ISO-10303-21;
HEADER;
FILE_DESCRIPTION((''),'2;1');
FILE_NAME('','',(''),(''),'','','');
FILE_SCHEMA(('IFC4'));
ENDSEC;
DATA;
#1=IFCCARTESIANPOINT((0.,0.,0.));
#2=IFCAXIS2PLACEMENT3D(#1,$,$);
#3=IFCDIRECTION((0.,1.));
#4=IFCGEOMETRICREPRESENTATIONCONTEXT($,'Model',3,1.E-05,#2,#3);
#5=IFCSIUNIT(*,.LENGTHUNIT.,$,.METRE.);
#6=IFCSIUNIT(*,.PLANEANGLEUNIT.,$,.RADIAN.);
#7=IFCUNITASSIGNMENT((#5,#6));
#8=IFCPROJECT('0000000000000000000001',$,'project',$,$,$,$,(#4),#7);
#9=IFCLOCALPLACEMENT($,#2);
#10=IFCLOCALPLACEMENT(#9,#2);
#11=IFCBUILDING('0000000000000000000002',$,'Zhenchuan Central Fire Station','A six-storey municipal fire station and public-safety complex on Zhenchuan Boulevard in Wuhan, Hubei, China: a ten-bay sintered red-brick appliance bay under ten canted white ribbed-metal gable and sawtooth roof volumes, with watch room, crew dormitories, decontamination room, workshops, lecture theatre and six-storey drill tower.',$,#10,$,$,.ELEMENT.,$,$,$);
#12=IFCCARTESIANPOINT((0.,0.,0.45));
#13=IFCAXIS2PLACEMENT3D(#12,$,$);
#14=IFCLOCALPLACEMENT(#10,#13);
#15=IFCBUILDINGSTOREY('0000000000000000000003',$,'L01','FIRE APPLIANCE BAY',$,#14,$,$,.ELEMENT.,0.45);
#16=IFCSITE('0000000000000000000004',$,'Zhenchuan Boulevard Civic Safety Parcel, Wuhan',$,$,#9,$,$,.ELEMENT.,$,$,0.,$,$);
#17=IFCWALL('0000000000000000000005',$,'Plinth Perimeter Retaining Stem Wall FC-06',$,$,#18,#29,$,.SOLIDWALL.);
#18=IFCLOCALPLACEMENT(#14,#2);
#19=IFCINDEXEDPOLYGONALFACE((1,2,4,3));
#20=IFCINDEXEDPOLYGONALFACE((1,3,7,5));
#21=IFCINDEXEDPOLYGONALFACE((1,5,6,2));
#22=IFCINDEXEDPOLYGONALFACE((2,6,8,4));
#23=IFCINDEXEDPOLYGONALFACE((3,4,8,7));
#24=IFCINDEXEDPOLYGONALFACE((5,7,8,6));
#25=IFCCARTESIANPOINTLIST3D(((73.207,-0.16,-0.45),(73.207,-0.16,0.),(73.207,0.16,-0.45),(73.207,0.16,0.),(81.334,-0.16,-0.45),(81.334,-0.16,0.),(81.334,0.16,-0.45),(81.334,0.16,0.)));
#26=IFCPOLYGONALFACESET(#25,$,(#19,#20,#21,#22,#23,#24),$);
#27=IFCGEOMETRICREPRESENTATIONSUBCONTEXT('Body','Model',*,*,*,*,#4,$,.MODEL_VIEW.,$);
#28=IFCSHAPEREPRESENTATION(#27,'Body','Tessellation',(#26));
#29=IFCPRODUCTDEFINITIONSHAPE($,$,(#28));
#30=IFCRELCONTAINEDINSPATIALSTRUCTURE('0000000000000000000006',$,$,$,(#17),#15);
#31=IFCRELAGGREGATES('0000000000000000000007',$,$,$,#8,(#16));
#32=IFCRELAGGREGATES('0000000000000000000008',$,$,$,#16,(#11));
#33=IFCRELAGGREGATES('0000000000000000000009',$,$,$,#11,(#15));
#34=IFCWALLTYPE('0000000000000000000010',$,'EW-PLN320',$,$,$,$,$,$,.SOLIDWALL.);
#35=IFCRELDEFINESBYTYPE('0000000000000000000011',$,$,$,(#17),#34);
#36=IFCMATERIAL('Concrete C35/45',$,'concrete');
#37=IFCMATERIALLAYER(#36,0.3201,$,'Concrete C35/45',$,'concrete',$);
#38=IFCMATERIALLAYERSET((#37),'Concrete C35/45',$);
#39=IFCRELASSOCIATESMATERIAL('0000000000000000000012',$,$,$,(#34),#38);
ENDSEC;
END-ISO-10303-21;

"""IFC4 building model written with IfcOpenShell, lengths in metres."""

from ifc_helpers import new_model, si_unit, direction, frame, frame_2d, origin, place, context, subcontext, project, spatial, rectangle, extrude, material, layer, layer_set, type_object, element, save


model = new_model("IFC4")

# Units and contexts
model_context = context("Model", 3, precision=1e-05, world=origin(), true_north=direction((0.0, 1.0)))
body_context = subcontext(model_context, "Body", "Model", "MODEL_VIEW")
ifc_project = project(units=[si_unit("LENGTHUNIT", "METRE"), si_unit("PLANEANGLEUNIT", "RADIAN")], contexts=[model_context])

# Site, building, storey
site_placement = place(None, origin())
site = spatial("IfcSite", under=ifc_project, at=site_placement, Name="Zhenchuan Boulevard Civic Safety Parcel, Wuhan", CompositionType="ELEMENT", RefElevation=0.0)
building_placement = place(site_placement, origin())
building = spatial("IfcBuilding", under=site, at=building_placement, Name="Zhenchuan Central Fire Station", Description="A six-storey municipal fire station and public-safety complex on Zhenchuan Boulevard in Wuhan, Hubei, China: a ten-bay sintered red-brick appliance bay under ten canted white ribbed-metal gable and sawtooth roof volumes, with watch room, crew dormitories, decontamination room, workshops, lecture theatre and six-storey drill tower.", CompositionType="ELEMENT")
storey_placement = place(building_placement, frame((0.0, 0.0, 0.45)))
storey = spatial("IfcBuildingStorey", under=building, at=storey_placement, Name="L01", Description="FIRE APPLIANCE BAY", CompositionType="ELEMENT", Elevation=0.45)

# Shared definitions
ifc_material_1 = material(Name="Concrete C35/45", Category="concrete")

# Wall
ifc_layer_1 = layer(ifc_material_1, 0.3201, Name="Concrete C35/45", Category="concrete")
ifc_layer_set_1 = layer_set([ifc_layer_1], Name="Concrete C35/45")
wall_type_1 = type_object("IfcWallType", Name="EW-PLN320", PredefinedType="SOLIDWALL", material=ifc_layer_set_1)
wall_1_placement = place(storey_placement, frame((73.207, 0.0, -0.45), z_axis=(0.0, 0.0, 1.0), x_axis=(1.0, 0.0, 0.0)))
element("IfcWall", 1, at=wall_1_placement, inside=storey, type_object=wall_type_1, Name="Plinth Perimeter Retaining Stem Wall FC-06", PredefinedType="SOLIDWALL", context=body_context, shape_type="SweptSolid", body=[
    extrude(rectangle(XDim=8.127, YDim=0.3201, at=frame_2d((4.0635, 0.0))), origin(), (0.0, 0.0, 1.0), 0.45),
])

save(model, "model.ifc")
